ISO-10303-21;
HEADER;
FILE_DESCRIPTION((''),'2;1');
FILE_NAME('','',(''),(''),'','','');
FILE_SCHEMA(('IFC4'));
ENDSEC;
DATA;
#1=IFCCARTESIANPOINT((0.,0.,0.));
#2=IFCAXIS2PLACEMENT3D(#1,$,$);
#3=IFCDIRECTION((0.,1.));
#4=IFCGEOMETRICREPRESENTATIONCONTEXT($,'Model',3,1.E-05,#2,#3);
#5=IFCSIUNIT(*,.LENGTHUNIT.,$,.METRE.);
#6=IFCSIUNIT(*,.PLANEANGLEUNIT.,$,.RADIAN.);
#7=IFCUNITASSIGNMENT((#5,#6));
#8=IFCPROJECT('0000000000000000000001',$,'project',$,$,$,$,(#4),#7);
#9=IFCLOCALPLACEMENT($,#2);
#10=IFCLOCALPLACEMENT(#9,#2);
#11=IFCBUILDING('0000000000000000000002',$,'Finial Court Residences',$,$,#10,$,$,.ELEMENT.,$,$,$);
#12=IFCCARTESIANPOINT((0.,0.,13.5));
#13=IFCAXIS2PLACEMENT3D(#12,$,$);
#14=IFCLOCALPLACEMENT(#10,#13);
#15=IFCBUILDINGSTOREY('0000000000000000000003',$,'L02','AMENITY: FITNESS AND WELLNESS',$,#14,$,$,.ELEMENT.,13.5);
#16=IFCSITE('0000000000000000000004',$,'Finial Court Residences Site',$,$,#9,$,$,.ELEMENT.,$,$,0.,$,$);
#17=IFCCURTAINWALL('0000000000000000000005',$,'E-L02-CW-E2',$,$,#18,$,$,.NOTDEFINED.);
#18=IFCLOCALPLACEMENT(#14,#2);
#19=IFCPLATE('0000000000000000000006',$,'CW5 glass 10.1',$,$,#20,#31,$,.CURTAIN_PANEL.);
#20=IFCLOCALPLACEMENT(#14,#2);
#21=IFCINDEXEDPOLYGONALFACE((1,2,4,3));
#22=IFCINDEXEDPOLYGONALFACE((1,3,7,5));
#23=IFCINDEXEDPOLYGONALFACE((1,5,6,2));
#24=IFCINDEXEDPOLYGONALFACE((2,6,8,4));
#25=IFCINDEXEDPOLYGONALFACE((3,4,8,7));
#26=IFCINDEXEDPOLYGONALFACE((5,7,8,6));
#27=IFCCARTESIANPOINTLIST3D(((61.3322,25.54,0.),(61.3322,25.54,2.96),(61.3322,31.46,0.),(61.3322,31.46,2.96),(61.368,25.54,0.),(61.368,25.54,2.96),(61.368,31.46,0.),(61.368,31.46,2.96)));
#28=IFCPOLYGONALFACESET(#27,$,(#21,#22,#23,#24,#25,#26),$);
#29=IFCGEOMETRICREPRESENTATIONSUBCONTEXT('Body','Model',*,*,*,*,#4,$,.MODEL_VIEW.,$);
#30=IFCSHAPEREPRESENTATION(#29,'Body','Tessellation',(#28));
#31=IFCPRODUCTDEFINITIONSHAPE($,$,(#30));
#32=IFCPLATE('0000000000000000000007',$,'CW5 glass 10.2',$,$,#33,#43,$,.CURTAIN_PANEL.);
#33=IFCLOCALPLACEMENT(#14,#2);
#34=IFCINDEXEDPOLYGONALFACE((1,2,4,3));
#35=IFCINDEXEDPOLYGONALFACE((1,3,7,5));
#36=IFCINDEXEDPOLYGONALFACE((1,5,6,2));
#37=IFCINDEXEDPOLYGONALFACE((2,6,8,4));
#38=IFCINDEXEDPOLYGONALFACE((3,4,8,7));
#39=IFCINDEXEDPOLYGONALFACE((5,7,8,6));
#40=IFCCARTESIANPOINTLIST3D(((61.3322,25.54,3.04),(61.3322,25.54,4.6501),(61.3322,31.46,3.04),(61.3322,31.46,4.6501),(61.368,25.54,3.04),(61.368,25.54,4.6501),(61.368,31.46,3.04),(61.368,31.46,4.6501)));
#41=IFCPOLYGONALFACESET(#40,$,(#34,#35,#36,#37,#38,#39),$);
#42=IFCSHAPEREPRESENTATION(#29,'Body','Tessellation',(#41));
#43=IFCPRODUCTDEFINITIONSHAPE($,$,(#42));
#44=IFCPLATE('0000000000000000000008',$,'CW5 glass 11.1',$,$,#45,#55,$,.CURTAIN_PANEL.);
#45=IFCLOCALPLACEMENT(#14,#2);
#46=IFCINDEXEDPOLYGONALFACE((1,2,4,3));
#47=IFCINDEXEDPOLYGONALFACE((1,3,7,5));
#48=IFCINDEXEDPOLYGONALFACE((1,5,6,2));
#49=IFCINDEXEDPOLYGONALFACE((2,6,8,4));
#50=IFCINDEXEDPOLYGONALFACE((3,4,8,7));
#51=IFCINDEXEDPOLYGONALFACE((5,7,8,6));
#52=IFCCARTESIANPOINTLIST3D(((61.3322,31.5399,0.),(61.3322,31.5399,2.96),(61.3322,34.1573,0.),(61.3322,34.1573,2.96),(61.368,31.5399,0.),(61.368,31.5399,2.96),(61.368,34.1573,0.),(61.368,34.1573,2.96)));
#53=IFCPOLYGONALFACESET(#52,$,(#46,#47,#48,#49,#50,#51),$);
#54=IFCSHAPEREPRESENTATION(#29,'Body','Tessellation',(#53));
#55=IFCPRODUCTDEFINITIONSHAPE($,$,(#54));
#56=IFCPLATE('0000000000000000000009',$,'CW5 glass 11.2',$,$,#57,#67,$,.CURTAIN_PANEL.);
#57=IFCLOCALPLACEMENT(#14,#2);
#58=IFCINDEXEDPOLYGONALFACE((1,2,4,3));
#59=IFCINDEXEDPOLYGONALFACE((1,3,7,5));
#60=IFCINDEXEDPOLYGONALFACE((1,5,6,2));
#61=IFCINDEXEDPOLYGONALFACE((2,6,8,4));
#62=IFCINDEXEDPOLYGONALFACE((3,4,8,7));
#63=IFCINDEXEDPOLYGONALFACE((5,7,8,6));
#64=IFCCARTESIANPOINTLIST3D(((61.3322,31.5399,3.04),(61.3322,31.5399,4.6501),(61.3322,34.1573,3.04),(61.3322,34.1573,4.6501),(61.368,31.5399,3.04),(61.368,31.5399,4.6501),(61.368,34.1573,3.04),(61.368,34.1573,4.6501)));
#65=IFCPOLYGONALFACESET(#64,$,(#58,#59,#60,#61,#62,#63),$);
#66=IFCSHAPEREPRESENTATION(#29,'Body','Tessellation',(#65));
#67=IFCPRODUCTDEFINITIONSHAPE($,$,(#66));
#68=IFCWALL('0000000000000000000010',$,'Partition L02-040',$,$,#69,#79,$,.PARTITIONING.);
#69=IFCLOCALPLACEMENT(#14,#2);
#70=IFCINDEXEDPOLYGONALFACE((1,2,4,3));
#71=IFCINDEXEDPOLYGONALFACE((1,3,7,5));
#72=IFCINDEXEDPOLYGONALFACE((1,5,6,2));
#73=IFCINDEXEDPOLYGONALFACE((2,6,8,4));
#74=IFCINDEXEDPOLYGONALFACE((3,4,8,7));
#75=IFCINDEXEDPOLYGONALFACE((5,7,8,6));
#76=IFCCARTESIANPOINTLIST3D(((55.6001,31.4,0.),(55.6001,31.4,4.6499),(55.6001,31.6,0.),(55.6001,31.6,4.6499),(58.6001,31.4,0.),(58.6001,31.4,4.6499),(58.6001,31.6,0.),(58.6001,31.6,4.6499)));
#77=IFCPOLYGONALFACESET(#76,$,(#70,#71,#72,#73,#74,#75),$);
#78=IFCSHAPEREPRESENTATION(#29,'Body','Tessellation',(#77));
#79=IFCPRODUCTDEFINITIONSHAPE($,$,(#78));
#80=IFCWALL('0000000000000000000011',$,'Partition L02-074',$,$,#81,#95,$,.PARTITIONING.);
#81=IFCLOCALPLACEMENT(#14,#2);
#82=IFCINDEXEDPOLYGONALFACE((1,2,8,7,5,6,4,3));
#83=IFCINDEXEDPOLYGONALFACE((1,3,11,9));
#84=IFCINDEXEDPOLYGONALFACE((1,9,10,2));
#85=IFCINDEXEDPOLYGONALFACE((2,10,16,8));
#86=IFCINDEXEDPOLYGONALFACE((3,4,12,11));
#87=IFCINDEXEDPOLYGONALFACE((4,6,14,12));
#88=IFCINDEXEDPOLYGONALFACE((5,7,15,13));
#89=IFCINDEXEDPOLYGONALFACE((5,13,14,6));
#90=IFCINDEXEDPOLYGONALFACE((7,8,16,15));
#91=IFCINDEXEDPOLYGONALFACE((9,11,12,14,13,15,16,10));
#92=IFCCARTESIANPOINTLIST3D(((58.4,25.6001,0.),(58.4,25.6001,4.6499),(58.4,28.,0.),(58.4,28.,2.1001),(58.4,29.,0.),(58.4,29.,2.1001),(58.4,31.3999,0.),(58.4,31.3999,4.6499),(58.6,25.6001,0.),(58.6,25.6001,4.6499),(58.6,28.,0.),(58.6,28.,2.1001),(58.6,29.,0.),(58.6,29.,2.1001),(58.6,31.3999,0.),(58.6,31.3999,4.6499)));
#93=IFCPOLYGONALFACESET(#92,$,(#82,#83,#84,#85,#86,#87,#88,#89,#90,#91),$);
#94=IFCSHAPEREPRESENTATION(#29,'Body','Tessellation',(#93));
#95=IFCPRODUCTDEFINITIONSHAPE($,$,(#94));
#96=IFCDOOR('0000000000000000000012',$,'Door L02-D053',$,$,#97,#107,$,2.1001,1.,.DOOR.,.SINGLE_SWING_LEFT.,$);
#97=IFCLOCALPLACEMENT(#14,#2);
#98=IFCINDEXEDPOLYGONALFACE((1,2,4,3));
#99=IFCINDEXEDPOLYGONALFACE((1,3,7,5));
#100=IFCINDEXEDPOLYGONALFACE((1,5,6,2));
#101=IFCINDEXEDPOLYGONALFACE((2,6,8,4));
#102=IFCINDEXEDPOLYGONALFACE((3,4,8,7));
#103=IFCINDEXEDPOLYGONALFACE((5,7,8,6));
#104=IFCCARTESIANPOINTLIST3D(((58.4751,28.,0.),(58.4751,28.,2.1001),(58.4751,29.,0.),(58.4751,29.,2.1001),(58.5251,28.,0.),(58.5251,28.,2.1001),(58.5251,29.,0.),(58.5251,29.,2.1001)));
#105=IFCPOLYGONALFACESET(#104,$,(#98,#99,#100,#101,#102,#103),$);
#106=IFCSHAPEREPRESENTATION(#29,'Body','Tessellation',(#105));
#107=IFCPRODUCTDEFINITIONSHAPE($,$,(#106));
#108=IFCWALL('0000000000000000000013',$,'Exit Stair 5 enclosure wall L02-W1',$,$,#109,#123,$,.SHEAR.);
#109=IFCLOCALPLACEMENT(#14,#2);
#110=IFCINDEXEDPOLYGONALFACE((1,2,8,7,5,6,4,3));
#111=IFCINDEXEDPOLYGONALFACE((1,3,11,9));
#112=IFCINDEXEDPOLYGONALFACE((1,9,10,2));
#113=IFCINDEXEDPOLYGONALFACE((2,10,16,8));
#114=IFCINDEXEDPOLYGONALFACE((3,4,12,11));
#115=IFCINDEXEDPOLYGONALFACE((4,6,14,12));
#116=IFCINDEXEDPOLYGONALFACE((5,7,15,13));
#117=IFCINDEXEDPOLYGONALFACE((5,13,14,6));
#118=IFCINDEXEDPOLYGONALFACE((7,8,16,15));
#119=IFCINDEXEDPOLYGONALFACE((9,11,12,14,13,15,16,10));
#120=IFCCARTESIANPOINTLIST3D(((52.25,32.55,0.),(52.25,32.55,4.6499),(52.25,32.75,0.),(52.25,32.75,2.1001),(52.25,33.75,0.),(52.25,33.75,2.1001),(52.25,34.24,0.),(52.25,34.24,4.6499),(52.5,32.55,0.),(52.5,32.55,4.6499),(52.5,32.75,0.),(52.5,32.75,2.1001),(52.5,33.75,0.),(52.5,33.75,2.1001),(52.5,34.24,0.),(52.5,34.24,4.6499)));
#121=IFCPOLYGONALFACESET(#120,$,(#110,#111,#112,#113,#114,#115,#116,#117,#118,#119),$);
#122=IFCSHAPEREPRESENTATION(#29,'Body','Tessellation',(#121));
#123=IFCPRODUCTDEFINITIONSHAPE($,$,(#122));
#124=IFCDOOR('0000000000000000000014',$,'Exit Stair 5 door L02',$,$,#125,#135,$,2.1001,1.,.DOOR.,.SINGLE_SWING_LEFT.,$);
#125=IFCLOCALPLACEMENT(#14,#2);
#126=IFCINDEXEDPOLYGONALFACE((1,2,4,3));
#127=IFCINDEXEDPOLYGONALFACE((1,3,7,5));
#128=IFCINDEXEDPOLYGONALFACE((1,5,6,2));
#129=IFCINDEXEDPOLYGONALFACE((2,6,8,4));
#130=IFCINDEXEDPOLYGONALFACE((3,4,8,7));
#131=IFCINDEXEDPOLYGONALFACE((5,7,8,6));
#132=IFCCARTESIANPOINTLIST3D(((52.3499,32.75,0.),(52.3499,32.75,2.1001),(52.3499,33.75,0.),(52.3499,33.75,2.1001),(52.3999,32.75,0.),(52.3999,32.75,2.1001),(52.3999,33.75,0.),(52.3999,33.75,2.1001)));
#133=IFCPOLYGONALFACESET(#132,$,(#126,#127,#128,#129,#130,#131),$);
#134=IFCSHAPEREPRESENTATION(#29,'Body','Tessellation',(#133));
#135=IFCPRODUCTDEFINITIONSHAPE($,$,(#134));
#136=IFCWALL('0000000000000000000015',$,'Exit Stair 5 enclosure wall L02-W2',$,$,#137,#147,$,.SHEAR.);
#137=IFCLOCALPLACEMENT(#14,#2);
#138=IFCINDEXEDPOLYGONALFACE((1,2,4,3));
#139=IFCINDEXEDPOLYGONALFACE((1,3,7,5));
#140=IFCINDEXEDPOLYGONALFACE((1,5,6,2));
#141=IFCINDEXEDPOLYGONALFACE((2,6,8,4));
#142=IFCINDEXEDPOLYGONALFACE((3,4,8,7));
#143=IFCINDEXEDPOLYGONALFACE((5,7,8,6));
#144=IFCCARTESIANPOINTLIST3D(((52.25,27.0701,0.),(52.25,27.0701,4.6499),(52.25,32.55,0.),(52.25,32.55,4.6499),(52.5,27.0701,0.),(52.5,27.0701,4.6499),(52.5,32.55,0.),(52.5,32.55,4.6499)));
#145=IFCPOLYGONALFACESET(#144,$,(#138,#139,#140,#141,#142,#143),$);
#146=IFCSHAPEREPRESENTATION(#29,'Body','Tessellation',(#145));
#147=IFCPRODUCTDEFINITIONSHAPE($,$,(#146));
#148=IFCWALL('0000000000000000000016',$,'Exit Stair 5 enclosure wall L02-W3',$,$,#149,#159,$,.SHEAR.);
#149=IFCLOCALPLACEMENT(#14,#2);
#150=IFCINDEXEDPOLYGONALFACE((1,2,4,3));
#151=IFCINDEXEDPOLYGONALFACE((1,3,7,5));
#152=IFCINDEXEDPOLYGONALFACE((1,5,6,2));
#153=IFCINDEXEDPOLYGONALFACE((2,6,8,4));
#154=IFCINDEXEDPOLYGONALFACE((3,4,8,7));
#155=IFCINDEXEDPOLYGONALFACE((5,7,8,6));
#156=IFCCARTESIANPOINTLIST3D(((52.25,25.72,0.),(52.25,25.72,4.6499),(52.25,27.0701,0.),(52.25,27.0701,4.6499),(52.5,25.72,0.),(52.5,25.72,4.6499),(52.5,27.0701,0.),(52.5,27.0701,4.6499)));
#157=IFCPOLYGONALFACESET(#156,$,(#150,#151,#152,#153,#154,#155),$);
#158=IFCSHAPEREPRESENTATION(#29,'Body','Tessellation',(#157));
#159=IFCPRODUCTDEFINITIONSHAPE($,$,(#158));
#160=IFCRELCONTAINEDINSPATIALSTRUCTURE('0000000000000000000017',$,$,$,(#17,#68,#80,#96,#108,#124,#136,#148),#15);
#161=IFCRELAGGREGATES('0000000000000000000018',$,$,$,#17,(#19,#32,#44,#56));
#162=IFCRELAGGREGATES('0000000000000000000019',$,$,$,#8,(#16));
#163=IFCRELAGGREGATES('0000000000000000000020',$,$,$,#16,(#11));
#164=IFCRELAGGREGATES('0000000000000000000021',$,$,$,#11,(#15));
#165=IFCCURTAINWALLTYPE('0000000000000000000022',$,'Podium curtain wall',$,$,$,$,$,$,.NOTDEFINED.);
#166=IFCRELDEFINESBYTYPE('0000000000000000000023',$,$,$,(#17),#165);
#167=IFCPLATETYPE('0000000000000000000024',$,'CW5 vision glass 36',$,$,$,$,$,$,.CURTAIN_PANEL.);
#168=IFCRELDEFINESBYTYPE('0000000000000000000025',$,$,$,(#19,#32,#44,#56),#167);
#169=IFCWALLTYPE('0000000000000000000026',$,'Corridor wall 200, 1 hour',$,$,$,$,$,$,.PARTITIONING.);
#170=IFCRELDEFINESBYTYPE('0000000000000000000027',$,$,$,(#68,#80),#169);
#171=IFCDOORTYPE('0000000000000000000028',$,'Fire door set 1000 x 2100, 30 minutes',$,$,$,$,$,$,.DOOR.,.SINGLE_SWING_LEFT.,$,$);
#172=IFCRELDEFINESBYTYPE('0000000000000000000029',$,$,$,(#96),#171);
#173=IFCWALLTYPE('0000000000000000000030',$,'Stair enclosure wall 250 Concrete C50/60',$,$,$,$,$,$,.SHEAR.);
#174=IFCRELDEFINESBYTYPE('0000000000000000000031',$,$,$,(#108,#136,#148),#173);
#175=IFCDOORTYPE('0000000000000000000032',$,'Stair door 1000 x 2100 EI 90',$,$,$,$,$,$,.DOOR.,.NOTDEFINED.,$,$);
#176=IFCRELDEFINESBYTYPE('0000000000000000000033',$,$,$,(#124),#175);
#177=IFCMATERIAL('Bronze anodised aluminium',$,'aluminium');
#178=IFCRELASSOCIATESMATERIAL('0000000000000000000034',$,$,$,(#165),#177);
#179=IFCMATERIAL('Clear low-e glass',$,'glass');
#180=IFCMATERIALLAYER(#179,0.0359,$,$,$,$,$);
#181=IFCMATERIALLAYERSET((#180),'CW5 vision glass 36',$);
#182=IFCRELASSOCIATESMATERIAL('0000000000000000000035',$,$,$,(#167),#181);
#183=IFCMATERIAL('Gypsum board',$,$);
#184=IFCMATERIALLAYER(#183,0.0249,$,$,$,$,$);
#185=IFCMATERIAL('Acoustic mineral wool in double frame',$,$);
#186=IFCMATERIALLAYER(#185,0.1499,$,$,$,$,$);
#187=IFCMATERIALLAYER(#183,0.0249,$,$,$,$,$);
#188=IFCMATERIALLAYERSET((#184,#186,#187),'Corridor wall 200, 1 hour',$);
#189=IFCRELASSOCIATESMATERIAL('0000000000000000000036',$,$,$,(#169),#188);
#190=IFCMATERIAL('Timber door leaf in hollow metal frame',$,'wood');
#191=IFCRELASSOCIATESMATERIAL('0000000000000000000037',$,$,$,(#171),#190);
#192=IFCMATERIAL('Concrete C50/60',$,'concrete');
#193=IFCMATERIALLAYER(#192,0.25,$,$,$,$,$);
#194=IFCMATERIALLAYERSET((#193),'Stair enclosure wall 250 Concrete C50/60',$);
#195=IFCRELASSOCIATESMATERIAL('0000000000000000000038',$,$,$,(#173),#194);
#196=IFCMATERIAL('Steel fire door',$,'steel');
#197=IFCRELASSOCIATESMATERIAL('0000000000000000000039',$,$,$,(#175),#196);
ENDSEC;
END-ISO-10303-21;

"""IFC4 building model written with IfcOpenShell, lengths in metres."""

from ifc_helpers import new_model, si_unit, direction, frame, frame_2d, origin, origin_2d, place, context, subcontext, project, spatial, rectangle, extrude, material, layer, layer_set, type_object, element, fill, aggregate, save


model = new_model("IFC4")

# Units and contexts
model_context = context("Model", 3, precision=1e-05, world=origin(), true_north=direction((0.0, 1.0)))
body_context = subcontext(model_context, "Body", "Model", "MODEL_VIEW")
ifc_project = project(units=[si_unit("LENGTHUNIT", "METRE"), si_unit("PLANEANGLEUNIT", "RADIAN")], contexts=[model_context])

# Site, building, storey
site_placement = place(None, origin())
site = spatial("IfcSite", under=ifc_project, at=site_placement, Name="Finial Court Residences Site", CompositionType="ELEMENT", RefElevation=0.0)
building_placement = place(site_placement, origin())
building = spatial("IfcBuilding", under=site, at=building_placement, Name="Finial Court Residences", CompositionType="ELEMENT")
storey_placement = place(building_placement, frame((0.0, 0.0, 13.5)))
storey = spatial("IfcBuildingStorey", under=building, at=storey_placement, Name="L02", Description="AMENITY: FITNESS AND WELLNESS", CompositionType="ELEMENT", Elevation=13.5)

# Shared definitions
ifc_material_1 = material(Name="Concrete C50/60", Category="concrete")

# Curtain wall
ifc_material_2 = material(Name="Bronze anodised aluminium", Category="aluminium")
curtain_wall_type = type_object("IfcCurtainWallType", Name="Podium curtain wall", PredefinedType="NOTDEFINED", material=ifc_material_2)
curtain_wall_1_placement = place(storey_placement, origin())
curtain_wall_1 = element("IfcCurtainWall", 1, at=curtain_wall_1_placement, inside=storey, type_object=curtain_wall_type, Name="E-L02-CW-E2", PredefinedType="NOTDEFINED")

# Plates
ifc_material_3 = material(Name="Clear low-e glass", Category="glass")
ifc_layer_1 = layer(ifc_material_3, 0.0359)
ifc_layer_set_1 = layer_set([ifc_layer_1], Name="CW5 vision glass 36")
plate_type = type_object("IfcPlateType", Name="CW5 vision glass 36", PredefinedType="CURTAIN_PANEL", material=ifc_layer_set_1)
plate_1_placement = place(storey_placement, frame((61.3501, 28.5, 0.0), z_axis=(0.0, 0.0, 1.0), x_axis=(0.0, 1.0, 0.0)))
plate_1 = element("IfcPlate", 2, at=plate_1_placement, type_object=plate_type, Name="CW5 glass 10.1", PredefinedType="CURTAIN_PANEL", context=body_context, shape_type="SweptSolid", body=[
    extrude(rectangle(XDim=5.9199, YDim=0.0359, at=origin_2d()), origin(), (0.0, 0.0, 1.0), 2.96),
])
plate_2_placement = place(storey_placement, frame((61.3501, 28.5, 3.04), z_axis=(0.0, 0.0, 1.0), x_axis=(0.0, 1.0, 0.0)))
plate_2 = element("IfcPlate", 3, at=plate_2_placement, type_object=plate_type, Name="CW5 glass 10.2", PredefinedType="CURTAIN_PANEL", context=body_context, shape_type="SweptSolid", body=[
    extrude(rectangle(XDim=5.9199, YDim=0.0359, at=origin_2d()), origin(), (0.0, 0.0, 1.0), 1.6101),
])
plate_3_placement = place(storey_placement, frame((61.3501, 32.8486, 0.0), z_axis=(0.0, 0.0, 1.0), x_axis=(0.0, 1.0, 0.0)))
plate_3 = element("IfcPlate", 4, at=plate_3_placement, type_object=plate_type, Name="CW5 glass 11.1", PredefinedType="CURTAIN_PANEL", context=body_context, shape_type="SweptSolid", body=[
    extrude(rectangle(XDim=2.6174, YDim=0.0359, at=origin_2d()), origin(), (0.0, 0.0, 1.0), 2.96),
])
plate_4_placement = place(storey_placement, frame((61.3501, 32.8486, 3.04), z_axis=(0.0, 0.0, 1.0), x_axis=(0.0, 1.0, 0.0)))
plate_4 = element("IfcPlate", 5, at=plate_4_placement, type_object=plate_type, Name="CW5 glass 11.2", PredefinedType="CURTAIN_PANEL", context=body_context, shape_type="SweptSolid", body=[
    extrude(rectangle(XDim=2.6174, YDim=0.0359, at=origin_2d()), origin(), (0.0, 0.0, 1.0), 1.6101),
])
aggregate(curtain_wall_1, [plate_1, plate_2, plate_3, plate_4])

# Wall
ifc_material_4 = material(Name="Gypsum board")
ifc_layer_2 = layer(ifc_material_4, 0.0249)
ifc_material_5 = material(Name="Acoustic mineral wool in double frame")
ifc_layer_3 = layer(ifc_material_5, 0.1499)
ifc_layer_4 = layer(ifc_material_4, 0.0249)
ifc_layer_set_2 = layer_set([ifc_layer_2, ifc_layer_3, ifc_layer_4], Name="Corridor wall 200, 1 hour")
wall_type_1 = type_object("IfcWallType", Name="Corridor wall 200, 1 hour", PredefinedType="PARTITIONING", material=ifc_layer_set_2)
wall_1_placement = place(storey_placement, frame((55.6001, 31.5, 0.0), z_axis=(0.0, 0.0, 1.0), x_axis=(1.0, 0.0, 0.0)))
element("IfcWall", 6, at=wall_1_placement, inside=storey, type_object=wall_type_1, Name="Partition L02-040", PredefinedType="PARTITIONING", context=body_context, shape_type="SweptSolid", body=[
    extrude(rectangle(XDim=3.0, YDim=0.2, at=frame_2d((1.5, 0.0))), origin(), (0.0, 0.0, 1.0), 4.6499),
])

# Walls, openings, doors
wall_2_placement = place(storey_placement, frame((58.5, 25.6001, 0.0), z_axis=(0.0, 0.0, 1.0), x_axis=(0.0, 1.0, 0.0)))
wall_2 = element("IfcWall", 7, at=wall_2_placement, inside=storey, type_object=wall_type_1, Name="Partition L02-074", PredefinedType="PARTITIONING", context=body_context, shape_type="SweptSolid", body=[
    extrude(rectangle(XDim=5.7998, YDim=0.2, at=frame_2d((2.8999, 0.0))), origin(), (0.0, 0.0, 1.0), 4.6499),
])
opening_1_placement = place(wall_2_placement, frame((2.3999, 0.0, 0.0)))
opening_1 = element("IfcOpeningElement", 8, at=opening_1_placement, cuts=wall_2, PredefinedType="OPENING", context=body_context, shape_type="SweptSolid", body=[
    extrude(rectangle(XDim=1.0, YDim=2.1001, at=frame_2d((0.5, 1.05))), frame((0.0, 0.1099, 0.0), z_axis=(0.0, -1.0, 0.0), x_axis=(1.0, 0.0, 0.0)), (0.0, 0.0, 1.0), 0.22),
])
ifc_material_6 = material(Name="Timber door leaf in hollow metal frame", Category="wood")
door_type_1 = type_object("IfcDoorType", Name="Fire door set 1000 x 2100, 30 minutes", OperationType="SINGLE_SWING_LEFT", PredefinedType="DOOR", material=ifc_material_6)
door_1_placement = place(opening_1_placement, origin())
door_1 = element("IfcDoor", 9, at=door_1_placement, inside=storey, type_object=door_type_1, Name="Door L02-D053", OperationType="SINGLE_SWING_LEFT", OverallHeight=2.1001, OverallWidth=1.0, PredefinedType="DOOR", context=body_context, shape_type="SweptSolid", body=[
    extrude(rectangle(XDim=1.0, YDim=2.1001, at=frame_2d((0.5, 1.05))), frame((0.0, 0.0249, 0.0), z_axis=(0.0, -1.0, 0.0), x_axis=(1.0, 0.0, 0.0)), (0.0, 0.0, 1.0), 0.05),
])
fill(opening_1, door_1)
ifc_layer_5 = layer(ifc_material_1, 0.25)
ifc_layer_set_3 = layer_set([ifc_layer_5], Name="Stair enclosure wall 250 Concrete C50/60")
wall_type_2 = type_object("IfcWallType", Name="Stair enclosure wall 250 Concrete C50/60", PredefinedType="SHEAR", material=ifc_layer_set_3)
wall_3_placement = place(storey_placement, frame((52.375, 34.24, 0.0), z_axis=(0.0, 0.0, 1.0), x_axis=(0.0, -1.0, 0.0)))
wall_3 = element("IfcWall", 10, at=wall_3_placement, inside=storey, type_object=wall_type_2, Name="Exit Stair 5 enclosure wall L02-W1", PredefinedType="SHEAR", context=body_context, shape_type="SweptSolid", body=[
    extrude(rectangle(XDim=1.6899, YDim=0.25, at=frame_2d((0.845, 0.0))), origin(), (0.0, 0.0, 1.0), 4.6499),
])
opening_2_placement = place(wall_3_placement, frame((0.49, 0.0, 0.0)))
opening_2 = element("IfcOpeningElement", 11, at=opening_2_placement, cuts=wall_3, PredefinedType="OPENING", context=body_context, shape_type="SweptSolid", body=[
    extrude(rectangle(XDim=1.0, YDim=2.1001, at=frame_2d((0.5, 1.05))), frame((0.0, 0.135, 0.0), z_axis=(0.0, -1.0, 0.0), x_axis=(1.0, 0.0, 0.0)), (0.0, 0.0, 1.0), 0.27),
])
ifc_material_7 = material(Name="Steel fire door", Category="steel")
door_type_2 = type_object("IfcDoorType", Name="Stair door 1000 x 2100 EI 90", OperationType="NOTDEFINED", PredefinedType="DOOR", material=ifc_material_7)
door_2_placement = place(opening_2_placement, origin())
door_2 = element("IfcDoor", 12, at=door_2_placement, inside=storey, type_object=door_type_2, Name="Exit Stair 5 door L02", OperationType="SINGLE_SWING_LEFT", OverallHeight=2.1001, OverallWidth=1.0, PredefinedType="DOOR", context=body_context, shape_type="SweptSolid", body=[
    extrude(rectangle(XDim=1.0, YDim=2.1001, at=frame_2d((0.5, 1.05))), frame((0.0, 0.0249, 0.0), z_axis=(0.0, -1.0, 0.0), x_axis=(1.0, 0.0, 0.0)), (0.0, 0.0, 1.0), 0.05),
])
fill(opening_2, door_2)

# Walls
wall_4_placement = place(storey_placement, frame((52.375, 27.0701, 0.0), z_axis=(0.0, 0.0, 1.0), x_axis=(0.0, 1.0, 0.0)))
element("IfcWall", 13, at=wall_4_placement, inside=storey, type_object=wall_type_2, Name="Exit Stair 5 enclosure wall L02-W2", PredefinedType="SHEAR", context=body_context, shape_type="SweptSolid", body=[
    extrude(rectangle(XDim=5.48, YDim=0.25, at=frame_2d((2.74, 0.0))), origin(), (0.0, 0.0, 1.0), 4.6499),
])
wall_5_placement = place(storey_placement, frame((52.375, 25.72, 0.0), z_axis=(0.0, 0.0, 1.0), x_axis=(0.0, 1.0, 0.0)))
element("IfcWall", 14, at=wall_5_placement, inside=storey, type_object=wall_type_2, Name="Exit Stair 5 enclosure wall L02-W3", PredefinedType="SHEAR", context=body_context, shape_type="SweptSolid", body=[
    extrude(rectangle(XDim=1.3501, YDim=0.25, at=frame_2d((0.675, 0.0))), origin(), (0.0, 0.0, 1.0), 4.6499),
])

save(model, "model.ifc")
